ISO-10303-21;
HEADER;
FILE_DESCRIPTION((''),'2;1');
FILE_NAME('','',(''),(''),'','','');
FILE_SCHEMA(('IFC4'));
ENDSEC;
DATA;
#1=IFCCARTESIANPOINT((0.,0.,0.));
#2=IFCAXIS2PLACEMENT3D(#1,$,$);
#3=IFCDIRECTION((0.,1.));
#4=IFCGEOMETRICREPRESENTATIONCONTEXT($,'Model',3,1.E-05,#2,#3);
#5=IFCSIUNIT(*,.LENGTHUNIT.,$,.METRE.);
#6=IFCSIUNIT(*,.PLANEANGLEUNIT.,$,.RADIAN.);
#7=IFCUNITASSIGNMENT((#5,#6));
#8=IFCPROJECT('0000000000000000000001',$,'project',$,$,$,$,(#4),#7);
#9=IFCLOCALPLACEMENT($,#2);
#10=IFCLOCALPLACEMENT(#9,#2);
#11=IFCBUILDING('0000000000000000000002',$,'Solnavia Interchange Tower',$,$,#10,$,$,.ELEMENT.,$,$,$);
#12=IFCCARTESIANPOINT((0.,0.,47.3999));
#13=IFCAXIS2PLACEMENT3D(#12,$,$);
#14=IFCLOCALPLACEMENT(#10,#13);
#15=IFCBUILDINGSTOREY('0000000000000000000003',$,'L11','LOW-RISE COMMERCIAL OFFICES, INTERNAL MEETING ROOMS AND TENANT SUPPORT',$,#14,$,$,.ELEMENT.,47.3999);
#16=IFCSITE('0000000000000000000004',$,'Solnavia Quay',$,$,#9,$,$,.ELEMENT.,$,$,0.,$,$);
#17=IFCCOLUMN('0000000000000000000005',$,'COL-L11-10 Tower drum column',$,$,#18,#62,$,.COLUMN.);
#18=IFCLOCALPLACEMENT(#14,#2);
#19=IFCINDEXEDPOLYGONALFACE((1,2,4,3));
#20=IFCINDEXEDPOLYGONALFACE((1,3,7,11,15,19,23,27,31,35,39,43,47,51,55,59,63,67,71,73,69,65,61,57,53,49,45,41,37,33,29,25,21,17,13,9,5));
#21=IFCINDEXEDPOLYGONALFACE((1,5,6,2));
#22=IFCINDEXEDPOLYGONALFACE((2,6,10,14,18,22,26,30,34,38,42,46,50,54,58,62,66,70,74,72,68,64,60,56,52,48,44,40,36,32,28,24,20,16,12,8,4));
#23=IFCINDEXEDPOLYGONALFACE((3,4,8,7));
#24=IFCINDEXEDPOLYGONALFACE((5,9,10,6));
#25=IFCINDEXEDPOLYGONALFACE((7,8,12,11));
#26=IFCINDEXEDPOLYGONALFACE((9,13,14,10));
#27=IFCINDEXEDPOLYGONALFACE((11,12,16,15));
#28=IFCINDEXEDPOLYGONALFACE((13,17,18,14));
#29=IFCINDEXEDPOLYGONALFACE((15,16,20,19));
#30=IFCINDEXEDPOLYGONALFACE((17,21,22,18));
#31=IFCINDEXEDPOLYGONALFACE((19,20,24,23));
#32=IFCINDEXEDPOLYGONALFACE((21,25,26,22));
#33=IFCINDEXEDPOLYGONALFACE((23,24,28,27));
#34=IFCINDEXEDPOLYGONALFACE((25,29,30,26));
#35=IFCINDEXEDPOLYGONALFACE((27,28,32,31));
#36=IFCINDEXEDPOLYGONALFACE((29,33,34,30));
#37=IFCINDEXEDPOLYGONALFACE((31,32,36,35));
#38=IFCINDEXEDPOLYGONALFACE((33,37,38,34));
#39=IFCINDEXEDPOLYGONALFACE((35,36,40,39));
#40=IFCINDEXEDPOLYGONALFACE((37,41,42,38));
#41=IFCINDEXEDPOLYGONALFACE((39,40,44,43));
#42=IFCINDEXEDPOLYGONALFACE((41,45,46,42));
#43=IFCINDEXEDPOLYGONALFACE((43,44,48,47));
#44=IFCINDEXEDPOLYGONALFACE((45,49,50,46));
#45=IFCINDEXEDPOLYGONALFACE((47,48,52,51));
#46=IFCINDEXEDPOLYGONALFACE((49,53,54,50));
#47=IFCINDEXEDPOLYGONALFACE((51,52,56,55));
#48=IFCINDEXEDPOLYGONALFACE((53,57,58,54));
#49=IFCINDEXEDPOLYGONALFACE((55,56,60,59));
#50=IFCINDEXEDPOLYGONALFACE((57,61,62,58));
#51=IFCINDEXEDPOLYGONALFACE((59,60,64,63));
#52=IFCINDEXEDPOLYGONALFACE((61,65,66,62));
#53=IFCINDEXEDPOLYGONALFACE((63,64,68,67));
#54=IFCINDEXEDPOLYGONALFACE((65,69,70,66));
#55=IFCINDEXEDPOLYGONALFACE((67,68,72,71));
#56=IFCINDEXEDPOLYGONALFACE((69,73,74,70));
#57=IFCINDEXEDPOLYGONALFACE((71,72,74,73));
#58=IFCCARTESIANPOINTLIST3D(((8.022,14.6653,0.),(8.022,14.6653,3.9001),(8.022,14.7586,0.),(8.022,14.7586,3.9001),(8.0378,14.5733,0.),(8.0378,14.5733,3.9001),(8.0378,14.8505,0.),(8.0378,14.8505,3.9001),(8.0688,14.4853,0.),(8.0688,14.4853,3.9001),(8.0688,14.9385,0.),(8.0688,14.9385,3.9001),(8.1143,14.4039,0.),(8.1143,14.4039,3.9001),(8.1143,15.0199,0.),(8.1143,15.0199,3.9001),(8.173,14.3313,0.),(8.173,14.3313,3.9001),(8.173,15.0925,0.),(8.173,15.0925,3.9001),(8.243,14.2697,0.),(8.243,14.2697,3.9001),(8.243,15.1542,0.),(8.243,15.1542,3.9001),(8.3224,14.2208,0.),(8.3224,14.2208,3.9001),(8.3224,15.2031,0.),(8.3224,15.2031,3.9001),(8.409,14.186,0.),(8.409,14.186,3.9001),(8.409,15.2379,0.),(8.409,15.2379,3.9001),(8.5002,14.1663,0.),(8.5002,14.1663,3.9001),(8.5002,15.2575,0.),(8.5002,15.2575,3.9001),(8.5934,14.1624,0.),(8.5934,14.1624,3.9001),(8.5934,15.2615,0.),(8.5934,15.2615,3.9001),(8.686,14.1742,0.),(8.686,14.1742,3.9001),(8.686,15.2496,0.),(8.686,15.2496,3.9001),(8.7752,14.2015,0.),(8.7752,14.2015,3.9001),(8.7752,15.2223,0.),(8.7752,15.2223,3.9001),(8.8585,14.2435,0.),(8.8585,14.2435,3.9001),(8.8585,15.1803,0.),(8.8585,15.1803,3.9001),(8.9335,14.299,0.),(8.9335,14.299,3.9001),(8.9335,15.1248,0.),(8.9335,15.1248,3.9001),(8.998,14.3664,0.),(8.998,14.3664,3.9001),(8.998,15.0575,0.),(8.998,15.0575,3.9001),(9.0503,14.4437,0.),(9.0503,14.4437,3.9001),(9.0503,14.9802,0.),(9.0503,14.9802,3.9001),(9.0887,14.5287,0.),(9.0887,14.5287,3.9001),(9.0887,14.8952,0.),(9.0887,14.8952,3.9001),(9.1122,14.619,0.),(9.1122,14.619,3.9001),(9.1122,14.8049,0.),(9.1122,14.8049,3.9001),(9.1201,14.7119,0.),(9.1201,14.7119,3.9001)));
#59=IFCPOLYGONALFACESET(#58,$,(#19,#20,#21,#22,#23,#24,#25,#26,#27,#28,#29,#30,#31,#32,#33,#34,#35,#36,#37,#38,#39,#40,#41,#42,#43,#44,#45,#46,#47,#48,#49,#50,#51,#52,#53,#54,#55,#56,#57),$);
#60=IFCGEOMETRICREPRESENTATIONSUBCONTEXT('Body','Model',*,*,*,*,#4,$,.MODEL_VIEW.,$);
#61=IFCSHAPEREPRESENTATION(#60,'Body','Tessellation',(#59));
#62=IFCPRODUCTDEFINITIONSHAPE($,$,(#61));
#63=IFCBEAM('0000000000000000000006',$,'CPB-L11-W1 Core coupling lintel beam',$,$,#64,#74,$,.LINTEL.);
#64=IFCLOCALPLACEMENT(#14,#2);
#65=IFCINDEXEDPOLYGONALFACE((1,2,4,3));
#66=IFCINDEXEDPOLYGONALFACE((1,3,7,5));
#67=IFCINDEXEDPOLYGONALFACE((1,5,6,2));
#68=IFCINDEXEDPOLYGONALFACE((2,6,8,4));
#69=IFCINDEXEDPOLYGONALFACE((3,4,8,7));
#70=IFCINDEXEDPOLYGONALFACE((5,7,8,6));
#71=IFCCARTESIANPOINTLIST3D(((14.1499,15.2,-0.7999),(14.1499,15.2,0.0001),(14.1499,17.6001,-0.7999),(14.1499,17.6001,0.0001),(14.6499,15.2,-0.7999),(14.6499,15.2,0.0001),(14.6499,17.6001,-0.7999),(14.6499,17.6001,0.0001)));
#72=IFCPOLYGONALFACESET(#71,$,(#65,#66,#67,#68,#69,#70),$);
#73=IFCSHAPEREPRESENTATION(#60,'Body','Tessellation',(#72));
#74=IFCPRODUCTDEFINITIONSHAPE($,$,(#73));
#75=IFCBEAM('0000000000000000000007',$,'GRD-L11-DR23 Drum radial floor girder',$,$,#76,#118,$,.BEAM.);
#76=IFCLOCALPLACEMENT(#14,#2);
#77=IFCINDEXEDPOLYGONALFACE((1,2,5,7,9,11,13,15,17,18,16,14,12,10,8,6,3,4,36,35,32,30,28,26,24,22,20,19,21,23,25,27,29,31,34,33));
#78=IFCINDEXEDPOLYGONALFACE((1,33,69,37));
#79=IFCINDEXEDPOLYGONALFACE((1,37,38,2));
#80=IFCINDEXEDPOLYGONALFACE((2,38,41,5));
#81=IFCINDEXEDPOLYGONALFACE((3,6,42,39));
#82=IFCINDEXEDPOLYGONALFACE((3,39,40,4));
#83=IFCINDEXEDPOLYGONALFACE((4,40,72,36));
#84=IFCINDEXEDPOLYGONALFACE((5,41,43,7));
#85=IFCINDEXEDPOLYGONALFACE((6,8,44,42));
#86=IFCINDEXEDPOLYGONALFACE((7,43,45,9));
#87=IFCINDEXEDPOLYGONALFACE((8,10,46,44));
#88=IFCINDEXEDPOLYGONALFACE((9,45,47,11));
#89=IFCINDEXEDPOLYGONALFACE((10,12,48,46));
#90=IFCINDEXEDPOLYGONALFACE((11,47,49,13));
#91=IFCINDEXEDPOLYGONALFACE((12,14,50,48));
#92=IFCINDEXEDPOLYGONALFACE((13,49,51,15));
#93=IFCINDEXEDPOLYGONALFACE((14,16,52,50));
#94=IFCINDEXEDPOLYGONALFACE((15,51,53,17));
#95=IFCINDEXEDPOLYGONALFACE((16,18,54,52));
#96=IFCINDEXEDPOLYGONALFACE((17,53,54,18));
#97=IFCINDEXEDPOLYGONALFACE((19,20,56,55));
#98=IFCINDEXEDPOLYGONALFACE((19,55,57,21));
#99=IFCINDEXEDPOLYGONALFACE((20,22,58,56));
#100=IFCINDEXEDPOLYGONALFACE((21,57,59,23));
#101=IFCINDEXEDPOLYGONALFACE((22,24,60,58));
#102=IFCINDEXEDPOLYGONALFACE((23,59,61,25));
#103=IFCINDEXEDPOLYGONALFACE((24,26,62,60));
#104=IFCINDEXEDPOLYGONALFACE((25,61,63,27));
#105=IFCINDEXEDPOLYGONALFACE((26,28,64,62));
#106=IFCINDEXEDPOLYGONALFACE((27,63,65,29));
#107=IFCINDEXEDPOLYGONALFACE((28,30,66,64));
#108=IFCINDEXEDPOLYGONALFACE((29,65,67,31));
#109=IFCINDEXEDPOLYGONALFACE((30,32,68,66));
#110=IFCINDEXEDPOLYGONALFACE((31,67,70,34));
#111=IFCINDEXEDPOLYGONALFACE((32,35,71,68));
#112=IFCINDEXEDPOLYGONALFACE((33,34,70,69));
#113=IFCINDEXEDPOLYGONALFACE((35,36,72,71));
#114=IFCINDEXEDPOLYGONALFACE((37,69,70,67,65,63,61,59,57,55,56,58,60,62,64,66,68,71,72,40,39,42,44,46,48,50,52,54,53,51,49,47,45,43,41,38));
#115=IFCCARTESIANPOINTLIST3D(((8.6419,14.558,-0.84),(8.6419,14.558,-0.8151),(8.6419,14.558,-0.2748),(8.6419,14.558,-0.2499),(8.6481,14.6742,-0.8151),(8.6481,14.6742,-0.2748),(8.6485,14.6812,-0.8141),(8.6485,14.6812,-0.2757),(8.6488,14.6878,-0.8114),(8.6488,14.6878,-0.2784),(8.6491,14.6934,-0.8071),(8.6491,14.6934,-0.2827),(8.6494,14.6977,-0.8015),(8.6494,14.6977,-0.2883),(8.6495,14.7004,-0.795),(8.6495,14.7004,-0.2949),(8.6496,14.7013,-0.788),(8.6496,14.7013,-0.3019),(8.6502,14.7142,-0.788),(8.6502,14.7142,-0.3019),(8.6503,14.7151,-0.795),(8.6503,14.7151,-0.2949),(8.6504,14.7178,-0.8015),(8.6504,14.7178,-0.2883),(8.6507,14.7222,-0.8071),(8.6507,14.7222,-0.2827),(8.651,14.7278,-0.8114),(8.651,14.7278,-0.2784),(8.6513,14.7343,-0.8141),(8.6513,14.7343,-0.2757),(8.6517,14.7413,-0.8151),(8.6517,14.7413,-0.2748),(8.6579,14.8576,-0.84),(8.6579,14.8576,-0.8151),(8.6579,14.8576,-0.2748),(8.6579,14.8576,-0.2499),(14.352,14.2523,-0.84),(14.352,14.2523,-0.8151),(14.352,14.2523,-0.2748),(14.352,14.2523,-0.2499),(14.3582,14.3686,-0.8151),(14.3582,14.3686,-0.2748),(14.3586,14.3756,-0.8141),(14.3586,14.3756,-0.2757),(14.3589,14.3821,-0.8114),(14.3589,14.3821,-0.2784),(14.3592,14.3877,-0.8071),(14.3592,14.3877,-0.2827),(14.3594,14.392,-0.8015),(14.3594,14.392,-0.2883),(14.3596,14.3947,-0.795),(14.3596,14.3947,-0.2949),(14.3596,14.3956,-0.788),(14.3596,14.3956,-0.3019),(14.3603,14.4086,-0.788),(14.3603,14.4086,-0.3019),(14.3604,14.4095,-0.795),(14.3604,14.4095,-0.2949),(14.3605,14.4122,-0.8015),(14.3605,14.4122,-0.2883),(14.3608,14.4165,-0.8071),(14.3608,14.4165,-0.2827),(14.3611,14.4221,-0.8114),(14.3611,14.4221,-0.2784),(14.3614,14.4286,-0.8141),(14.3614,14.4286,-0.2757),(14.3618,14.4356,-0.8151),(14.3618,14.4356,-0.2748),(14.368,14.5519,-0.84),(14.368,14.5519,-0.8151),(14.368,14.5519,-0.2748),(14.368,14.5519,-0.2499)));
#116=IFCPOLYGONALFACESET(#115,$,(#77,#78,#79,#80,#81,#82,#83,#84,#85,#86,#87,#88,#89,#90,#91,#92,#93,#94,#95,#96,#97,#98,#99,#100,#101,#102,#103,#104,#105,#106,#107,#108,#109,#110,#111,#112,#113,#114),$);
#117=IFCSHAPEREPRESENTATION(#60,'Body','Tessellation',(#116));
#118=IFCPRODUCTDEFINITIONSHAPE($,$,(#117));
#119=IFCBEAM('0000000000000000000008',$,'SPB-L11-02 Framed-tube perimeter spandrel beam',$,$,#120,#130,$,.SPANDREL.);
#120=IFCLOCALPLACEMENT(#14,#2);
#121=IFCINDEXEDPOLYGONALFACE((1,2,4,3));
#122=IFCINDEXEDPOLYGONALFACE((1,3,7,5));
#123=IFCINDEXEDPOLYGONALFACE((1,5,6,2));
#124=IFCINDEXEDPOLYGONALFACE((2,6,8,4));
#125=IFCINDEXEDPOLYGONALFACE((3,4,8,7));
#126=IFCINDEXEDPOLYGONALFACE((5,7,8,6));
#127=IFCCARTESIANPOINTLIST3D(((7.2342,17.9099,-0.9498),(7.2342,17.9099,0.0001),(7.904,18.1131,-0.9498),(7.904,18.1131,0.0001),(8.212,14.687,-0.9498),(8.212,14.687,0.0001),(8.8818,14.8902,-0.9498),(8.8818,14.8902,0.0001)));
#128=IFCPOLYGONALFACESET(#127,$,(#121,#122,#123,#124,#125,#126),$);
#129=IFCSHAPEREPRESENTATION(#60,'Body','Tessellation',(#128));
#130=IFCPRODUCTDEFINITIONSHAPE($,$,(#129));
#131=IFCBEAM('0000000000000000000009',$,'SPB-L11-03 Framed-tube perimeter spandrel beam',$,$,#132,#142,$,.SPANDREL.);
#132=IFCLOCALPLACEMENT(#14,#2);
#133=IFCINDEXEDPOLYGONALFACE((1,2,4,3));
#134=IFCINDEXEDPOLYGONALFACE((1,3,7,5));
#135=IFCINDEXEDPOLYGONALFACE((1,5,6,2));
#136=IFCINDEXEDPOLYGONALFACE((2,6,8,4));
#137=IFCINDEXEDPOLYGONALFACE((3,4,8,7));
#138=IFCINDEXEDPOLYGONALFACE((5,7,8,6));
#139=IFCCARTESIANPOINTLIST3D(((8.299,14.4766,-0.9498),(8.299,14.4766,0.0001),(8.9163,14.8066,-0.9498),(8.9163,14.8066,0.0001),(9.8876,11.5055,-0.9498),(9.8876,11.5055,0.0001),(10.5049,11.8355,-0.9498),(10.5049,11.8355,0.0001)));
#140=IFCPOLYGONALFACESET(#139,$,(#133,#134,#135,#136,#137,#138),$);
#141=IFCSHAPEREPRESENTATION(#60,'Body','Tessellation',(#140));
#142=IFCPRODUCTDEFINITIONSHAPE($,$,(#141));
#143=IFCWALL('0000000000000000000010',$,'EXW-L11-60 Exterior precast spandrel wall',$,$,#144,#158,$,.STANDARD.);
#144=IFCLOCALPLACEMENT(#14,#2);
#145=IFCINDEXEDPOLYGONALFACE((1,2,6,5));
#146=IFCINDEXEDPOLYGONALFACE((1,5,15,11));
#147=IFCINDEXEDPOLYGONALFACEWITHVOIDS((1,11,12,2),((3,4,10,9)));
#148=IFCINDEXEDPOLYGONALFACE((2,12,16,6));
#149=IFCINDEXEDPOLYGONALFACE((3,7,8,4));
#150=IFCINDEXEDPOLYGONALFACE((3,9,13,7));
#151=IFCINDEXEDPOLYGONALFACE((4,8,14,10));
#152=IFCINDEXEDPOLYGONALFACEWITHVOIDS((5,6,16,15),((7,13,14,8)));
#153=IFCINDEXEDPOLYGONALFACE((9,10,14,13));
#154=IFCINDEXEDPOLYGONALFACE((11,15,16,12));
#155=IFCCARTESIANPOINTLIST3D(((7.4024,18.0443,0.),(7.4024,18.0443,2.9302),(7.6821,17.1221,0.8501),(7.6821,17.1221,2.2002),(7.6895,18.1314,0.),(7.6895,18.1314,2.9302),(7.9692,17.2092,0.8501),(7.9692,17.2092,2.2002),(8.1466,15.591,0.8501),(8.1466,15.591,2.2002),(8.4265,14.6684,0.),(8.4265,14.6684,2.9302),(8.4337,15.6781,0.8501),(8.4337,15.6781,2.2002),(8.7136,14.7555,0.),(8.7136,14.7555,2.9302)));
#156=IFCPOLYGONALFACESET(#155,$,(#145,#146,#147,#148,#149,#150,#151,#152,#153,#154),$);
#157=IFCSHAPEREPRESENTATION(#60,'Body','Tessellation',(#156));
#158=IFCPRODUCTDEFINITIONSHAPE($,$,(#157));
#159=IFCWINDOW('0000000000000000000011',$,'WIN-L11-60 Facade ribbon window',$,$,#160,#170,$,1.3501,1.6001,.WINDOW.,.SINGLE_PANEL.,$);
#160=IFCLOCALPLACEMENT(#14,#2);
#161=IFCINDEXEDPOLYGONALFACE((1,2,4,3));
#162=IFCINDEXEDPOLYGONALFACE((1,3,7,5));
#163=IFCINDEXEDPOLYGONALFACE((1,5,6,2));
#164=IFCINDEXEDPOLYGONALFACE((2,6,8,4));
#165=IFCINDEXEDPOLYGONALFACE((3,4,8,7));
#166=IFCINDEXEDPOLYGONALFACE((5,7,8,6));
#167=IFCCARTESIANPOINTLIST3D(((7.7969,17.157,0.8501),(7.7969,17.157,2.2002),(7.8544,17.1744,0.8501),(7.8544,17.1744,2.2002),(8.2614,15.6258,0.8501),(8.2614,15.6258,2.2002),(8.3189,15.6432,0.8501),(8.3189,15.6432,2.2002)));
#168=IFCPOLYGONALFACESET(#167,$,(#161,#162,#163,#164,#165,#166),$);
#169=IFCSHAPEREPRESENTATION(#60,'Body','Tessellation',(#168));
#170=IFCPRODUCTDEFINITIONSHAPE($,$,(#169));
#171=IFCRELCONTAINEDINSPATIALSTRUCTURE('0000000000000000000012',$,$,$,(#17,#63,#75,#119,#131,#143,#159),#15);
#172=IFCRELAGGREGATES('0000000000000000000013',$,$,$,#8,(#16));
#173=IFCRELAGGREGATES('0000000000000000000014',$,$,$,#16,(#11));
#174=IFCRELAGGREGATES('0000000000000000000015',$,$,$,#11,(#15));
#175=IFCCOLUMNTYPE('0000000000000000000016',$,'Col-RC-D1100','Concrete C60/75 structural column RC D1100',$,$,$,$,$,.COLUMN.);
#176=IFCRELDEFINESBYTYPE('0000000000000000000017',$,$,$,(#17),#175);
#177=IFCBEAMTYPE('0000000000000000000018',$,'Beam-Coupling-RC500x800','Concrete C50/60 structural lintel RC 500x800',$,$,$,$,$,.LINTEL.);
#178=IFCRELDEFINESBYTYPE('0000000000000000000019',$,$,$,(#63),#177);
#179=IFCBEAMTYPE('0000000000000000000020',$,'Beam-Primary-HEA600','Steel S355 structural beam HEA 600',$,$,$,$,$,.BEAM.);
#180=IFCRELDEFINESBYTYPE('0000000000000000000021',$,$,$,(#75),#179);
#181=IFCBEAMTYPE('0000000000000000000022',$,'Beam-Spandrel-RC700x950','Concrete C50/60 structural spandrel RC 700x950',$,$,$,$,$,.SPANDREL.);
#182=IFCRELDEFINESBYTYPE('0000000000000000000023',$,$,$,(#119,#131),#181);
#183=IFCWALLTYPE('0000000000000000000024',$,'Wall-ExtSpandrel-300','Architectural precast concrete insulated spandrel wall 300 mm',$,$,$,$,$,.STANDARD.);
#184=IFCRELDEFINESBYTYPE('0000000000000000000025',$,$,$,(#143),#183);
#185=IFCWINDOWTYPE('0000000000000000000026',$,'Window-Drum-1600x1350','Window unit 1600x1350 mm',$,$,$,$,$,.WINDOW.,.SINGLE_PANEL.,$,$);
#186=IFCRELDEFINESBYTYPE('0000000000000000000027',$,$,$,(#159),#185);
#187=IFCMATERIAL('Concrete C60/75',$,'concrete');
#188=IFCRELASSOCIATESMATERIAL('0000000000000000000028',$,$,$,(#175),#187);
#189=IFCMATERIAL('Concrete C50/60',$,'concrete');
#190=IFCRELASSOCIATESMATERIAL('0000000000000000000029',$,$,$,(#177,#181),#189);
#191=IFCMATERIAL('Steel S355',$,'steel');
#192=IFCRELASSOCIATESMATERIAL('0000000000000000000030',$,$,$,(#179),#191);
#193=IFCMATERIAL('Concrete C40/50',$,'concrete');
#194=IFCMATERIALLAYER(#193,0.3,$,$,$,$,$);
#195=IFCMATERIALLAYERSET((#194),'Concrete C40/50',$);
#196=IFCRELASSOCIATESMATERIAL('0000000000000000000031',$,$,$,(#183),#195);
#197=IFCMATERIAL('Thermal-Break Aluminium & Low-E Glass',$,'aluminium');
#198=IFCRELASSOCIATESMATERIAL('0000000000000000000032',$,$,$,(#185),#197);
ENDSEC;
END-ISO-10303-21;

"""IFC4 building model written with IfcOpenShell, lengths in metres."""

from ifc_helpers import new_model, si_unit, direction, frame, frame_2d, origin, origin_2d, place, context, subcontext, project, spatial, rectangle, circle, i_section, extrude, material, layer, layer_set, material_profile, profile_set, type_object, element, fill, save


model = new_model("IFC4")

# Units and contexts
model_context = context("Model", 3, precision=1e-05, world=origin(), true_north=direction((0.0, 1.0)))
body_context = subcontext(model_context, "Body", "Model", "MODEL_VIEW")
ifc_project = project(units=[si_unit("LENGTHUNIT", "METRE"), si_unit("PLANEANGLEUNIT", "RADIAN")], contexts=[model_context])

# Site, building, storey
site_placement = place(None, origin())
site = spatial("IfcSite", under=ifc_project, at=site_placement, Name="Solnavia Quay", CompositionType="ELEMENT", RefElevation=0.0)
building_placement = place(site_placement, origin())
building = spatial("IfcBuilding", under=site, at=building_placement, Name="Solnavia Interchange Tower", CompositionType="ELEMENT")
storey_placement = place(building_placement, frame((0.0, 0.0, 47.3999)))
storey = spatial("IfcBuildingStorey", under=building, at=storey_placement, Name="L11", Description="LOW-RISE COMMERCIAL OFFICES, INTERNAL MEETING ROOMS AND TENANT SUPPORT", CompositionType="ELEMENT", Elevation=47.3999)

# Column
ifc_material_1 = material(Name="Concrete C60/75", Category="concrete")
ifc_material_profile_1 = material_profile(ifc_material_1, circle(Radius=0.55, at=origin_2d()), Name="RC D1100")
ifc_profile_set_1 = profile_set([ifc_material_profile_1], Name="Concrete C60/75")
column_type = type_object("IfcColumnType", Name="Col-RC-D1100", Description="Concrete C60/75 structural column RC D1100", PredefinedType="COLUMN", material=ifc_profile_set_1)
column_placement = place(storey_placement, frame((8.5701, 14.7119, 0.0), z_axis=(0.0, 0.0, 1.0), x_axis=(1.0, 0.0, 0.0)))
element("IfcColumn", 1, at=column_placement, inside=storey, type_object=column_type, Name="COL-L11-10 Tower drum column", PredefinedType="COLUMN", context=body_context, shape_type="SweptSolid", body=[
    extrude(circle(Radius=0.55, at=origin_2d()), origin(), (0.0, 0.0, 1.0), 3.9001),
])

# Beams
ifc_material_2 = material(Name="Concrete C50/60", Category="concrete")
ifc_material_profile_2 = material_profile(ifc_material_2, rectangle(XDim=0.5, YDim=0.8, at=origin_2d()), Name="RC 500x800")
ifc_profile_set_2 = profile_set([ifc_material_profile_2], Name="Concrete C50/60")
beam_type_1 = type_object("IfcBeamType", Name="Beam-Coupling-RC500x800", Description="Concrete C50/60 structural lintel RC 500x800", PredefinedType="LINTEL", material=ifc_profile_set_2)
beam_1_placement = place(storey_placement, frame((14.3999, 15.2, -0.3999), z_axis=(0.0, 1.0, 0.0), x_axis=(-1.0, 0.0, 0.0)))
element("IfcBeam", 2, at=beam_1_placement, inside=storey, type_object=beam_type_1, Name="CPB-L11-W1 Core coupling lintel beam", PredefinedType="LINTEL", context=body_context, shape_type="SweptSolid", body=[
    extrude(rectangle(XDim=0.5, YDim=0.8, at=origin_2d()), origin(), (0.0, 0.0, 1.0), 2.4001),
])
ifc_material_3 = material(Name="Steel S355", Category="steel")
ifc_material_profile_3 = material_profile(ifc_material_3, i_section(OverallWidth=0.3, OverallDepth=0.5901, WebThickness=0.0129, FlangeThickness=0.0249, FilletRadius=0.0271, at=origin_2d()), Name="HEA 600")
ifc_profile_set_3 = profile_set([ifc_material_profile_3], Name="Steel S355")
beam_type_2 = type_object("IfcBeamType", Name="Beam-Primary-HEA600", Description="Steel S355 structural beam HEA 600", PredefinedType="BEAM", material=ifc_profile_set_3)
beam_2_placement = place(storey_placement, frame((8.6499, 14.7078, -0.5449), z_axis=(0.99857, -0.053453, 0.0), x_axis=(0.053453, 0.99857, 0.0)))
element("IfcBeam", 3, at=beam_2_placement, inside=storey, type_object=beam_type_2, Name="GRD-L11-DR23 Drum radial floor girder", PredefinedType="BEAM", context=body_context, shape_type="SweptSolid", body=[
    extrude(i_section(OverallWidth=0.3, OverallDepth=0.5901, WebThickness=0.0129, FlangeThickness=0.0249, FilletRadius=0.0271, at=origin_2d()), origin(), (0.0, 0.0, 1.0), 5.7183),
])
ifc_material_profile_4 = material_profile(ifc_material_2, rectangle(XDim=0.7, YDim=0.95, at=origin_2d()), Name="RC 700x950")
ifc_profile_set_4 = profile_set([ifc_material_profile_4], Name="Concrete C50/60")
beam_type_3 = type_object("IfcBeamType", Name="Beam-Spandrel-RC700x950", Description="Concrete C50/60 structural spandrel RC 700x950", PredefinedType="SPANDREL", material=ifc_profile_set_4)
beam_3_placement = place(storey_placement, frame((7.5691, 18.0115, -0.4749), z_axis=(0.290319, -0.95693, 0.0), x_axis=(0.95693, 0.290319, 0.0)))
element("IfcBeam", 4, at=beam_3_placement, inside=storey, type_object=beam_type_3, Name="SPB-L11-02 Framed-tube perimeter spandrel beam", PredefinedType="SPANDREL", context=body_context, shape_type="SweptSolid", body=[
    extrude(rectangle(XDim=0.7, YDim=0.95, at=origin_2d()), origin(), (0.0, 0.0, 1.0), 3.3679),
])
beam_4_placement = place(storey_placement, frame((8.6077, 14.6416, -0.4749), z_axis=(0.471509, -0.881861, 0.0), x_axis=(0.881861, 0.471509, 0.0)))
element("IfcBeam", 5, at=beam_4_placement, inside=storey, type_object=beam_type_3, Name="SPB-L11-03 Framed-tube perimeter spandrel beam", PredefinedType="SPANDREL", context=body_context, shape_type="SweptSolid", body=[
    extrude(rectangle(XDim=0.7, YDim=0.95, at=origin_2d()), origin(), (0.0, 0.0, 1.0), 3.3691),
])

# Wall, opening, window
ifc_material_4 = material(Name="Concrete C40/50", Category="concrete")
ifc_layer_1 = layer(ifc_material_4, 0.3)
ifc_layer_set_1 = layer_set([ifc_layer_1], Name="Concrete C40/50")
wall_type_1 = type_object("IfcWallType", Name="Wall-ExtSpandrel-300", Description="Architectural precast concrete insulated spandrel wall 300 mm", PredefinedType="STANDARD", material=ifc_layer_set_1)
wall_1_placement = place(storey_placement, frame((8.5701, 14.7119, 0.0), z_axis=(0.0, 0.0, 1.0), x_axis=(-0.290305, 0.956934, 0.0)))
wall_1 = element("IfcWall", 6, at=wall_1_placement, inside=storey, type_object=wall_type_1, Name="EXW-L11-60 Exterior precast spandrel wall", PredefinedType="STANDARD", context=body_context, shape_type="SweptSolid", body=[
    extrude(rectangle(XDim=3.5278, YDim=0.3, at=frame_2d((1.7639, 0.0))), origin(), (0.0, 0.0, 1.0), 2.9302),
])
opening_1_placement = place(wall_1_placement, frame((0.9641, 0.0, 0.8501)))
opening_1 = element("IfcOpeningElement", 7, at=opening_1_placement, cuts=wall_1, PredefinedType="OPENING", context=body_context, shape_type="SweptSolid", body=[
    extrude(rectangle(XDim=1.6001, YDim=1.3501, at=frame_2d((0.8, 0.675))), frame((0.0, 0.1602, 0.0), z_axis=(0.0, -1.0, 0.0), x_axis=(1.0, 0.0, 0.0)), (0.0, 0.0, 1.0), 0.3201),
])
ifc_material_5 = material(Name="Thermal-Break Aluminium & Low-E Glass", Category="aluminium")
window_type = type_object("IfcWindowType", Name="Window-Drum-1600x1350", Description="Window unit 1600x1350 mm", PartitioningType="SINGLE_PANEL", PredefinedType="WINDOW", material=ifc_material_5)
window_placement = place(opening_1_placement, origin())
window = element("IfcWindow", 8, at=window_placement, inside=storey, type_object=window_type, Name="WIN-L11-60 Facade ribbon window", OverallHeight=1.3501, OverallWidth=1.6001, PartitioningType="SINGLE_PANEL", PredefinedType="WINDOW", context=body_context, shape_type="SweptSolid", body=[
    extrude(rectangle(XDim=1.6001, YDim=1.3501, at=frame_2d((0.8, 0.675))), frame((0.0, 0.03, 0.0), z_axis=(0.0, -1.0, 0.0), x_axis=(1.0, 0.0, 0.0)), (0.0, 0.0, 1.0), 0.0601),
])
fill(opening_1, window)

save(model, "model.ifc")
